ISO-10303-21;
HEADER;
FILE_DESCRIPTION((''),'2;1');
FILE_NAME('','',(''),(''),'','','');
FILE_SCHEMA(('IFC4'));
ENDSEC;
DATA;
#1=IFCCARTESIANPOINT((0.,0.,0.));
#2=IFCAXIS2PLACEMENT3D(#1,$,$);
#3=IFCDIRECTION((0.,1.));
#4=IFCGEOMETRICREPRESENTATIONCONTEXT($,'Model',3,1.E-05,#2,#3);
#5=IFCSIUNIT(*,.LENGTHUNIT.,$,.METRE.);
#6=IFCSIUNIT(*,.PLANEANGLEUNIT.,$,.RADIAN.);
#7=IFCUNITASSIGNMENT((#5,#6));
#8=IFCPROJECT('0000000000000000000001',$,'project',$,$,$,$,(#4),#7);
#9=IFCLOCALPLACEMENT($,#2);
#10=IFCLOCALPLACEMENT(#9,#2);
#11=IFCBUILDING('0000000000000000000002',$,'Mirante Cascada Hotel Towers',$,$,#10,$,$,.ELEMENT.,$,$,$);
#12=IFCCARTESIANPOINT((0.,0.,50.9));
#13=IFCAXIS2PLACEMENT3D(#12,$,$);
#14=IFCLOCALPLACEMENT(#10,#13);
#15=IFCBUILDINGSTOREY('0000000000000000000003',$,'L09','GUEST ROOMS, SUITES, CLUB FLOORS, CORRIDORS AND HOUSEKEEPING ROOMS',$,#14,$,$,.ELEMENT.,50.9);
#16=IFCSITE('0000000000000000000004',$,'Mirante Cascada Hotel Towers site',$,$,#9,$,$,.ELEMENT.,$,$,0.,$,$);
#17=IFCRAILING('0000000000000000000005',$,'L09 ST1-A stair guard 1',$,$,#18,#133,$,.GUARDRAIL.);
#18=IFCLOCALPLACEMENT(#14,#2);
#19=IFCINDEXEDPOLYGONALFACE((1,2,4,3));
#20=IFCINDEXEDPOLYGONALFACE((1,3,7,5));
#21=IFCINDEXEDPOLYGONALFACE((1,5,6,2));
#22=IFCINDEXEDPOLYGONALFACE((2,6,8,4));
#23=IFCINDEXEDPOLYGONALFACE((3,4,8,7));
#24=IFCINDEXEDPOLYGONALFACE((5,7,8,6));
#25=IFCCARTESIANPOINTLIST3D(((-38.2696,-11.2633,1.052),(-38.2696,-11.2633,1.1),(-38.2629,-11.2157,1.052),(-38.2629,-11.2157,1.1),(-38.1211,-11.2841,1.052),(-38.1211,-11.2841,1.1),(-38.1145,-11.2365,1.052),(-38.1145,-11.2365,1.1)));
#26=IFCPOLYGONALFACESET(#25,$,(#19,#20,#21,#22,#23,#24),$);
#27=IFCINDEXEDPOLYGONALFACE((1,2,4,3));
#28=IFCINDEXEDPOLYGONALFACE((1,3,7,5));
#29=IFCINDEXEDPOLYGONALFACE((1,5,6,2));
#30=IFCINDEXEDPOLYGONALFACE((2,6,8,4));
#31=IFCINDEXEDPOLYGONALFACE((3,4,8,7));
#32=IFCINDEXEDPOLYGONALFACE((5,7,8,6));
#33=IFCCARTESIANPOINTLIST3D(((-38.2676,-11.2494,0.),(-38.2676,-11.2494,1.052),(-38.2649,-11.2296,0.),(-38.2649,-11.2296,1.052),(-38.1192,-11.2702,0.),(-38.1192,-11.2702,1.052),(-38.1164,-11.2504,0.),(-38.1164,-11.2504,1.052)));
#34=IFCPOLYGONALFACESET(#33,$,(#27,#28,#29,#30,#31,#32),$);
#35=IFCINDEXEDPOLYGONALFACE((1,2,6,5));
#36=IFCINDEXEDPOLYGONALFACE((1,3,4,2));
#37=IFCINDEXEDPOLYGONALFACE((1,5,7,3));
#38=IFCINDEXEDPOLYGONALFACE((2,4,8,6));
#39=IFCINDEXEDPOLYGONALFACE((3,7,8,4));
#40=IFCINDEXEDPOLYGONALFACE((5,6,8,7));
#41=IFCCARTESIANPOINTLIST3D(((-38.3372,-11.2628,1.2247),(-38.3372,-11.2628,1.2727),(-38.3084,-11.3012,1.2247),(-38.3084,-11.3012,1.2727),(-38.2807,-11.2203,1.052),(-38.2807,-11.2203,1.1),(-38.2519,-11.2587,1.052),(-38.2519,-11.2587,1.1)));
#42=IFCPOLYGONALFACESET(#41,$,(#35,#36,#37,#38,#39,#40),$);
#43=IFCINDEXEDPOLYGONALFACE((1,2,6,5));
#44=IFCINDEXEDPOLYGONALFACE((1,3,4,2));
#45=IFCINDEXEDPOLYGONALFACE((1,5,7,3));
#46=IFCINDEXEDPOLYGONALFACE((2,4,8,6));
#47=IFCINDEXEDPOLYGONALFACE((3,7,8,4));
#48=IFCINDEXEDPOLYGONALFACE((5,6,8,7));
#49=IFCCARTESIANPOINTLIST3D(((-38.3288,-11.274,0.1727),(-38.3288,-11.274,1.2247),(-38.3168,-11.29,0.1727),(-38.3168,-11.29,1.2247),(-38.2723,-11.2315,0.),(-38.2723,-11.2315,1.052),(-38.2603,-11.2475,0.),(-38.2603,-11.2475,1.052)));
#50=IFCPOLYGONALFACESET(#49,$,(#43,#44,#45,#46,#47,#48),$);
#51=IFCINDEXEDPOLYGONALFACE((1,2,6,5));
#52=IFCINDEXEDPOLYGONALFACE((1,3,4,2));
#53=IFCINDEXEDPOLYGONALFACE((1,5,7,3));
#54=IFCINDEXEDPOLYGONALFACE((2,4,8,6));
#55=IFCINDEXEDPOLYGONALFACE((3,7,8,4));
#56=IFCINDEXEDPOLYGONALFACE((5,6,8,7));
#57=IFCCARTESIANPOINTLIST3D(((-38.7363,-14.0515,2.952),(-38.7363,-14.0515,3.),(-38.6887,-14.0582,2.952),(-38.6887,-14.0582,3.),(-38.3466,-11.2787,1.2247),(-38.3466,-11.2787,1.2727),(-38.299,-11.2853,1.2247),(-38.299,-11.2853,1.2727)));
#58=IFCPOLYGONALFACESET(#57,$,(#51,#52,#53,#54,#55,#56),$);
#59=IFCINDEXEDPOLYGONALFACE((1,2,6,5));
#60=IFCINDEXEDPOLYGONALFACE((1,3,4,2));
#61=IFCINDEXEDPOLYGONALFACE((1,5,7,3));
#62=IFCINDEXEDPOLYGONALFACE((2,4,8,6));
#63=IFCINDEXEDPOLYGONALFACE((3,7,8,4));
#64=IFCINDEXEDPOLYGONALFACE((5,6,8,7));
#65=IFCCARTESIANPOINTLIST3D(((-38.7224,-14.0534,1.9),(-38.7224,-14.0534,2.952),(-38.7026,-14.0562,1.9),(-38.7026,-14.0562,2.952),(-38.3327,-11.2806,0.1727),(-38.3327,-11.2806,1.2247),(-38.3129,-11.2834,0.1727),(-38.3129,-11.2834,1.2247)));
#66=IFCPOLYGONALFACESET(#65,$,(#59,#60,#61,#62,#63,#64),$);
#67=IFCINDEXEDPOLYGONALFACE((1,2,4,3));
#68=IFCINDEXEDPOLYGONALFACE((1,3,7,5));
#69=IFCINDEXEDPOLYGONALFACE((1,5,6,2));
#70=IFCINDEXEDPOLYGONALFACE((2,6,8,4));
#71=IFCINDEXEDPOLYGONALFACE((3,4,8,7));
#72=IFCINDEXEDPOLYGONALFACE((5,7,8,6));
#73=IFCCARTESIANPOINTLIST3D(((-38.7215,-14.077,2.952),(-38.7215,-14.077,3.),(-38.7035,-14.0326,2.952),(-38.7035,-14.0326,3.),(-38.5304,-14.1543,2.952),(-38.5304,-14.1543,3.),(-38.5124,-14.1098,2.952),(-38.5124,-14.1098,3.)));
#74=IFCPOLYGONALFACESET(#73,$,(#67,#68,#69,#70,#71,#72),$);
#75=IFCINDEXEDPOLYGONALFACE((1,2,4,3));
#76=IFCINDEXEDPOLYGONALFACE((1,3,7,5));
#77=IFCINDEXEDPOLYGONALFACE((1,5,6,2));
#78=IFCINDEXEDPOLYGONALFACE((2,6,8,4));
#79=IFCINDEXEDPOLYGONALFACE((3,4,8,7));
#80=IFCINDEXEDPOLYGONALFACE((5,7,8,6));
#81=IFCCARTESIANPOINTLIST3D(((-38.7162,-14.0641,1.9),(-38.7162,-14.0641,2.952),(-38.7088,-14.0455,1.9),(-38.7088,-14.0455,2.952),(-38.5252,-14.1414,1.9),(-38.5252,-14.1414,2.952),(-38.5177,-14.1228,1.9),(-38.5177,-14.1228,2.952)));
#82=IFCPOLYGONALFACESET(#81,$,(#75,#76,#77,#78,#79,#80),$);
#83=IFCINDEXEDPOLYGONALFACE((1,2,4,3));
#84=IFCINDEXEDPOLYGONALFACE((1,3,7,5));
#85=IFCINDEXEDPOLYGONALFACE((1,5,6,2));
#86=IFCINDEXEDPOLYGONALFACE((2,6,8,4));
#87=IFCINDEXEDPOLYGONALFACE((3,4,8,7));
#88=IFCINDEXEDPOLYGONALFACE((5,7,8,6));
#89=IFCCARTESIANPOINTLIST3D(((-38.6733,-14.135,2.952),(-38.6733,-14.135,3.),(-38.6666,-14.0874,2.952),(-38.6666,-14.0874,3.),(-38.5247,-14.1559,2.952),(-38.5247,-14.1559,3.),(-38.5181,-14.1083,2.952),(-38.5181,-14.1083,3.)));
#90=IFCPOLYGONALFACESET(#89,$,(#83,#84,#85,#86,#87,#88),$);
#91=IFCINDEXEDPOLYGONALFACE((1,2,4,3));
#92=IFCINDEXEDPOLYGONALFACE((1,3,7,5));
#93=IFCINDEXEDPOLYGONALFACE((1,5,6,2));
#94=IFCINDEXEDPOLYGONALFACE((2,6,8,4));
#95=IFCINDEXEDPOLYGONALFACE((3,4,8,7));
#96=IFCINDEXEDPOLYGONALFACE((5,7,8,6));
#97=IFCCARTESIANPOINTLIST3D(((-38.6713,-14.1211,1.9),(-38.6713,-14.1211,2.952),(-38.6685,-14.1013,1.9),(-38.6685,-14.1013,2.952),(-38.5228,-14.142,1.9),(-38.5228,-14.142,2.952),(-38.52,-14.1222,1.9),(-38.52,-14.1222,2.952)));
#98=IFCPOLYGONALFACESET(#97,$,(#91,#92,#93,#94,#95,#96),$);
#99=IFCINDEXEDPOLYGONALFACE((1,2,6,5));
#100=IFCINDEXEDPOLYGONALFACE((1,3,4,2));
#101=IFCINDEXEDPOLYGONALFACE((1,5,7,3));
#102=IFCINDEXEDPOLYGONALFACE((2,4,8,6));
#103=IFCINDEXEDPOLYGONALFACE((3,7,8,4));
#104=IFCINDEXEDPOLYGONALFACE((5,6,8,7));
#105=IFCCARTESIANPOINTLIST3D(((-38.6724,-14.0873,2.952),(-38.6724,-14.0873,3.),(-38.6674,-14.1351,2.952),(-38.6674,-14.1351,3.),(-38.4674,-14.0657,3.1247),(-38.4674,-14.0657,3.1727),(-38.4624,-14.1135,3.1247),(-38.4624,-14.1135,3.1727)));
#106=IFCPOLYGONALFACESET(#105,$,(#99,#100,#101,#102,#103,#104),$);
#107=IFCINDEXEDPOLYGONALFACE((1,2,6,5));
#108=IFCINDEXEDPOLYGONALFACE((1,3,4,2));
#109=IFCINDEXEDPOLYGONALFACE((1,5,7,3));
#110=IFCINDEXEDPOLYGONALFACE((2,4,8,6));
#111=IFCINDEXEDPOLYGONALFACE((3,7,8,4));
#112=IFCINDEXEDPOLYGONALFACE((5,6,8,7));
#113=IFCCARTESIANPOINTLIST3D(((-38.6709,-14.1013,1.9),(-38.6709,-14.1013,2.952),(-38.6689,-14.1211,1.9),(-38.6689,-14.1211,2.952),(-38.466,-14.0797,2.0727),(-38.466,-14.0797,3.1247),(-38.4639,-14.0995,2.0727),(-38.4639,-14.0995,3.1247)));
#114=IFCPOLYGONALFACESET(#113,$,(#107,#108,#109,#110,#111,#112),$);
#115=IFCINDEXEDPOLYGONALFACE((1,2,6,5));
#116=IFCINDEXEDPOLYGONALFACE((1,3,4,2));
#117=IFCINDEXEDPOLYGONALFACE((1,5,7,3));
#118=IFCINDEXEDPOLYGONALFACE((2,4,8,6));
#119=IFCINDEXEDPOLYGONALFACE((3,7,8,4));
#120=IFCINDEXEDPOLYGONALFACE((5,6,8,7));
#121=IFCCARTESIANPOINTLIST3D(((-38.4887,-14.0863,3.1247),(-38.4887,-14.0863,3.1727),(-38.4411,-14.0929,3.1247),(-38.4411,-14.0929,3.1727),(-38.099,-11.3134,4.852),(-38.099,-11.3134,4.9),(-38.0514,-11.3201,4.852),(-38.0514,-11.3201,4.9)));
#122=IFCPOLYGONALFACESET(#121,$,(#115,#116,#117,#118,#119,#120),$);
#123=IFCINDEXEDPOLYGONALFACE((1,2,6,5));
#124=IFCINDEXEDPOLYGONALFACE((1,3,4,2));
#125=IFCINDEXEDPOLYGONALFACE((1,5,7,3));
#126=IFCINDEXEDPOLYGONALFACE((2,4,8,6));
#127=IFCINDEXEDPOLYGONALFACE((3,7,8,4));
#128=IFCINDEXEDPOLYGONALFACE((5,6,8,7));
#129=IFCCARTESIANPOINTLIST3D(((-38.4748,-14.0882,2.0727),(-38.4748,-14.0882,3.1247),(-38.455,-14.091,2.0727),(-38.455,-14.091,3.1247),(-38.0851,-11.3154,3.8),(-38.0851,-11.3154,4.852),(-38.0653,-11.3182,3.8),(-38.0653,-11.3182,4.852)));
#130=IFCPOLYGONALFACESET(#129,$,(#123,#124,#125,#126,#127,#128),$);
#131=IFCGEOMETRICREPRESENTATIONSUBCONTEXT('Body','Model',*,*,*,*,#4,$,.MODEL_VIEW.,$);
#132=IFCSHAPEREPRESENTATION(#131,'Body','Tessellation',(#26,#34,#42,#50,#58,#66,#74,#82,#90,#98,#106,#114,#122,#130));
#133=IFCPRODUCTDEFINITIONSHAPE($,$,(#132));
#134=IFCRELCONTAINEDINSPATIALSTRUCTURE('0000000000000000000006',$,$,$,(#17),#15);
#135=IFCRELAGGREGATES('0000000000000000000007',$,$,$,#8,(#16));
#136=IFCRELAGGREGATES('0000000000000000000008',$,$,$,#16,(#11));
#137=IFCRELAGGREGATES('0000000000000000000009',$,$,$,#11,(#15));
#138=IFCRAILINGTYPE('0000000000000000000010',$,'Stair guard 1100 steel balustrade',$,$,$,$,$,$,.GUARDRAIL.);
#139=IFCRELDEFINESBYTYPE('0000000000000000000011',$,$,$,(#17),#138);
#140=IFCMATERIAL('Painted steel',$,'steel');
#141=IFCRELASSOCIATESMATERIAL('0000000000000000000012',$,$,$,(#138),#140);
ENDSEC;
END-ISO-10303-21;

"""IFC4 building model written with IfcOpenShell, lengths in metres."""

from ifc_helpers import new_model, si_unit, direction, frame, origin, origin_2d, place, context, subcontext, project, spatial, rectangle, extrude, material, type_object, element, save


model = new_model("IFC4")

# Units and contexts
model_context = context("Model", 3, precision=1e-05, world=origin(), true_north=direction((0.0, 1.0)))
body_context = subcontext(model_context, "Body", "Model", "MODEL_VIEW")
ifc_project = project(units=[si_unit("LENGTHUNIT", "METRE"), si_unit("PLANEANGLEUNIT", "RADIAN")], contexts=[model_context])

# Site, building, storey
site_placement = place(None, origin())
site = spatial("IfcSite", under=ifc_project, at=site_placement, Name="Mirante Cascada Hotel Towers site", CompositionType="ELEMENT", RefElevation=0.0)
building_placement = place(site_placement, origin())
building = spatial("IfcBuilding", under=site, at=building_placement, Name="Mirante Cascada Hotel Towers", CompositionType="ELEMENT")
storey_placement = place(building_placement, frame((0.0, 0.0, 50.9)))
storey = spatial("IfcBuildingStorey", under=building, at=storey_placement, Name="L09", Description="GUEST ROOMS, SUITES, CLUB FLOORS, CORRIDORS AND HOUSEKEEPING ROOMS", CompositionType="ELEMENT", Elevation=50.9)

# Railing
ifc_material_1 = material(Name="Painted steel", Category="steel")
railing_type = type_object("IfcRailingType", Name="Stair guard 1100 steel balustrade", PredefinedType="GUARDRAIL", material=ifc_material_1)
railing_placement = place(storey_placement, frame((-38.1178, -11.2603, 0.0)))
element("IfcRailing", 1, at=railing_placement, inside=storey, type_object=railing_type, Name="L09 ST1-A stair guard 1", PredefinedType="GUARDRAIL", context=body_context, shape_type="SweptSolid", body=[
    extrude(rectangle(XDim=0.048, YDim=0.048, at=origin_2d()), frame((0.0, 0.0, 1.076), z_axis=(-0.990333, 0.138713, 0.0), x_axis=(-0.138713, -0.990333, 0.0)), (0.0, 0.0, 1.0), 0.1499),
    extrude(rectangle(XDim=0.02, YDim=1.052, at=origin_2d()), frame((0.0, 0.0, 0.526), z_axis=(-0.990333, 0.138713, 0.0), x_axis=(-0.138713, -0.990333, 0.0)), (0.0, 0.0, 1.0), 0.1499),
    extrude(rectangle(XDim=0.048, YDim=0.048, at=origin_2d()), frame((-0.1485, 0.0208, 1.076), z_axis=(-0.79915, -0.601131, 0.0), x_axis=(0.601131, -0.79915, 0.0)), (0.0, 0.925453, 0.378863), 0.1866),
    extrude(rectangle(XDim=0.02, YDim=1.052, at=origin_2d()), frame((-0.1485, 0.0208, 0.526), z_axis=(-0.79915, -0.601131, 0.0), x_axis=(0.601131, -0.79915, 0.0)), (0.0, 0.925453, 0.378863), 0.1866),
    extrude(rectangle(XDim=0.048, YDim=0.048, at=origin_2d()), frame((-0.205, -0.0217, 1.2487), z_axis=(-0.139176, -0.990268, 0.0), x_axis=(0.990268, -0.139176, 0.0)), (0.0, 0.525021, 0.851089), 3.29),
    extrude(rectangle(XDim=0.02, YDim=1.052, at=origin_2d()), frame((-0.205, -0.0217, 0.6987), z_axis=(-0.139176, -0.990268, 0.0), x_axis=(0.990268, -0.139176, 0.0)), (0.0, 0.525021, 0.851089), 3.29),
    extrude(rectangle(XDim=0.048, YDim=0.048, at=origin_2d()), frame((-0.5947, -2.7945, 2.976), z_axis=(0.927031, -0.374984, 0.0), x_axis=(0.374984, 0.927031, 0.0)), (0.0, 0.0, 1.0), 0.2061),
    extrude(rectangle(XDim=0.02, YDim=1.052, at=origin_2d()), frame((-0.5947, -2.7945, 2.426), z_axis=(0.927031, -0.374984, 0.0), x_axis=(0.374984, 0.927031, 0.0)), (0.0, 0.0, 1.0), 0.2061),
    extrude(rectangle(XDim=0.048, YDim=0.048, at=origin_2d()), frame((-0.4036, -2.8718, 2.976), z_axis=(-0.990241, 0.139367, 0.0), x_axis=(-0.139367, -0.990241, 0.0)), (0.0, 0.0, 1.0), 0.15),
    extrude(rectangle(XDim=0.02, YDim=1.052, at=origin_2d()), frame((-0.4036, -2.8718, 2.426), z_axis=(-0.990241, 0.139367, 0.0), x_axis=(-0.139367, -0.990241, 0.0)), (0.0, 0.0, 1.0), 0.15),
    extrude(rectangle(XDim=0.048, YDim=0.048, at=origin_2d()), frame((-0.5521, -2.8509, 2.976), z_axis=(0.994495, 0.104786, 0.0), x_axis=(-0.104786, 0.994495, 0.0)), (0.0, 0.642203, 0.766534), 0.2689),
    extrude(rectangle(XDim=0.02, YDim=1.052, at=origin_2d()), frame((-0.5521, -2.8509, 2.426), z_axis=(0.994495, 0.104786, 0.0), x_axis=(-0.104786, 0.994495, 0.0)), (0.0, 0.642203, 0.766534), 0.2689),
    extrude(rectangle(XDim=0.048, YDim=0.048, at=origin_2d()), frame((-0.3471, -2.8293, 3.1487), z_axis=(0.139176, 0.990268, 0.0), x_axis=(-0.990268, 0.139176, 0.0)), (0.0, 0.525021, 0.851089), 3.29),
    extrude(rectangle(XDim=0.02, YDim=1.052, at=origin_2d()), frame((-0.3471, -2.8293, 2.5987), z_axis=(0.139176, 0.990268, 0.0), x_axis=(-0.990268, 0.139176, 0.0)), (0.0, 0.525021, 0.851089), 3.29),
])

save(model, "model.ifc")
